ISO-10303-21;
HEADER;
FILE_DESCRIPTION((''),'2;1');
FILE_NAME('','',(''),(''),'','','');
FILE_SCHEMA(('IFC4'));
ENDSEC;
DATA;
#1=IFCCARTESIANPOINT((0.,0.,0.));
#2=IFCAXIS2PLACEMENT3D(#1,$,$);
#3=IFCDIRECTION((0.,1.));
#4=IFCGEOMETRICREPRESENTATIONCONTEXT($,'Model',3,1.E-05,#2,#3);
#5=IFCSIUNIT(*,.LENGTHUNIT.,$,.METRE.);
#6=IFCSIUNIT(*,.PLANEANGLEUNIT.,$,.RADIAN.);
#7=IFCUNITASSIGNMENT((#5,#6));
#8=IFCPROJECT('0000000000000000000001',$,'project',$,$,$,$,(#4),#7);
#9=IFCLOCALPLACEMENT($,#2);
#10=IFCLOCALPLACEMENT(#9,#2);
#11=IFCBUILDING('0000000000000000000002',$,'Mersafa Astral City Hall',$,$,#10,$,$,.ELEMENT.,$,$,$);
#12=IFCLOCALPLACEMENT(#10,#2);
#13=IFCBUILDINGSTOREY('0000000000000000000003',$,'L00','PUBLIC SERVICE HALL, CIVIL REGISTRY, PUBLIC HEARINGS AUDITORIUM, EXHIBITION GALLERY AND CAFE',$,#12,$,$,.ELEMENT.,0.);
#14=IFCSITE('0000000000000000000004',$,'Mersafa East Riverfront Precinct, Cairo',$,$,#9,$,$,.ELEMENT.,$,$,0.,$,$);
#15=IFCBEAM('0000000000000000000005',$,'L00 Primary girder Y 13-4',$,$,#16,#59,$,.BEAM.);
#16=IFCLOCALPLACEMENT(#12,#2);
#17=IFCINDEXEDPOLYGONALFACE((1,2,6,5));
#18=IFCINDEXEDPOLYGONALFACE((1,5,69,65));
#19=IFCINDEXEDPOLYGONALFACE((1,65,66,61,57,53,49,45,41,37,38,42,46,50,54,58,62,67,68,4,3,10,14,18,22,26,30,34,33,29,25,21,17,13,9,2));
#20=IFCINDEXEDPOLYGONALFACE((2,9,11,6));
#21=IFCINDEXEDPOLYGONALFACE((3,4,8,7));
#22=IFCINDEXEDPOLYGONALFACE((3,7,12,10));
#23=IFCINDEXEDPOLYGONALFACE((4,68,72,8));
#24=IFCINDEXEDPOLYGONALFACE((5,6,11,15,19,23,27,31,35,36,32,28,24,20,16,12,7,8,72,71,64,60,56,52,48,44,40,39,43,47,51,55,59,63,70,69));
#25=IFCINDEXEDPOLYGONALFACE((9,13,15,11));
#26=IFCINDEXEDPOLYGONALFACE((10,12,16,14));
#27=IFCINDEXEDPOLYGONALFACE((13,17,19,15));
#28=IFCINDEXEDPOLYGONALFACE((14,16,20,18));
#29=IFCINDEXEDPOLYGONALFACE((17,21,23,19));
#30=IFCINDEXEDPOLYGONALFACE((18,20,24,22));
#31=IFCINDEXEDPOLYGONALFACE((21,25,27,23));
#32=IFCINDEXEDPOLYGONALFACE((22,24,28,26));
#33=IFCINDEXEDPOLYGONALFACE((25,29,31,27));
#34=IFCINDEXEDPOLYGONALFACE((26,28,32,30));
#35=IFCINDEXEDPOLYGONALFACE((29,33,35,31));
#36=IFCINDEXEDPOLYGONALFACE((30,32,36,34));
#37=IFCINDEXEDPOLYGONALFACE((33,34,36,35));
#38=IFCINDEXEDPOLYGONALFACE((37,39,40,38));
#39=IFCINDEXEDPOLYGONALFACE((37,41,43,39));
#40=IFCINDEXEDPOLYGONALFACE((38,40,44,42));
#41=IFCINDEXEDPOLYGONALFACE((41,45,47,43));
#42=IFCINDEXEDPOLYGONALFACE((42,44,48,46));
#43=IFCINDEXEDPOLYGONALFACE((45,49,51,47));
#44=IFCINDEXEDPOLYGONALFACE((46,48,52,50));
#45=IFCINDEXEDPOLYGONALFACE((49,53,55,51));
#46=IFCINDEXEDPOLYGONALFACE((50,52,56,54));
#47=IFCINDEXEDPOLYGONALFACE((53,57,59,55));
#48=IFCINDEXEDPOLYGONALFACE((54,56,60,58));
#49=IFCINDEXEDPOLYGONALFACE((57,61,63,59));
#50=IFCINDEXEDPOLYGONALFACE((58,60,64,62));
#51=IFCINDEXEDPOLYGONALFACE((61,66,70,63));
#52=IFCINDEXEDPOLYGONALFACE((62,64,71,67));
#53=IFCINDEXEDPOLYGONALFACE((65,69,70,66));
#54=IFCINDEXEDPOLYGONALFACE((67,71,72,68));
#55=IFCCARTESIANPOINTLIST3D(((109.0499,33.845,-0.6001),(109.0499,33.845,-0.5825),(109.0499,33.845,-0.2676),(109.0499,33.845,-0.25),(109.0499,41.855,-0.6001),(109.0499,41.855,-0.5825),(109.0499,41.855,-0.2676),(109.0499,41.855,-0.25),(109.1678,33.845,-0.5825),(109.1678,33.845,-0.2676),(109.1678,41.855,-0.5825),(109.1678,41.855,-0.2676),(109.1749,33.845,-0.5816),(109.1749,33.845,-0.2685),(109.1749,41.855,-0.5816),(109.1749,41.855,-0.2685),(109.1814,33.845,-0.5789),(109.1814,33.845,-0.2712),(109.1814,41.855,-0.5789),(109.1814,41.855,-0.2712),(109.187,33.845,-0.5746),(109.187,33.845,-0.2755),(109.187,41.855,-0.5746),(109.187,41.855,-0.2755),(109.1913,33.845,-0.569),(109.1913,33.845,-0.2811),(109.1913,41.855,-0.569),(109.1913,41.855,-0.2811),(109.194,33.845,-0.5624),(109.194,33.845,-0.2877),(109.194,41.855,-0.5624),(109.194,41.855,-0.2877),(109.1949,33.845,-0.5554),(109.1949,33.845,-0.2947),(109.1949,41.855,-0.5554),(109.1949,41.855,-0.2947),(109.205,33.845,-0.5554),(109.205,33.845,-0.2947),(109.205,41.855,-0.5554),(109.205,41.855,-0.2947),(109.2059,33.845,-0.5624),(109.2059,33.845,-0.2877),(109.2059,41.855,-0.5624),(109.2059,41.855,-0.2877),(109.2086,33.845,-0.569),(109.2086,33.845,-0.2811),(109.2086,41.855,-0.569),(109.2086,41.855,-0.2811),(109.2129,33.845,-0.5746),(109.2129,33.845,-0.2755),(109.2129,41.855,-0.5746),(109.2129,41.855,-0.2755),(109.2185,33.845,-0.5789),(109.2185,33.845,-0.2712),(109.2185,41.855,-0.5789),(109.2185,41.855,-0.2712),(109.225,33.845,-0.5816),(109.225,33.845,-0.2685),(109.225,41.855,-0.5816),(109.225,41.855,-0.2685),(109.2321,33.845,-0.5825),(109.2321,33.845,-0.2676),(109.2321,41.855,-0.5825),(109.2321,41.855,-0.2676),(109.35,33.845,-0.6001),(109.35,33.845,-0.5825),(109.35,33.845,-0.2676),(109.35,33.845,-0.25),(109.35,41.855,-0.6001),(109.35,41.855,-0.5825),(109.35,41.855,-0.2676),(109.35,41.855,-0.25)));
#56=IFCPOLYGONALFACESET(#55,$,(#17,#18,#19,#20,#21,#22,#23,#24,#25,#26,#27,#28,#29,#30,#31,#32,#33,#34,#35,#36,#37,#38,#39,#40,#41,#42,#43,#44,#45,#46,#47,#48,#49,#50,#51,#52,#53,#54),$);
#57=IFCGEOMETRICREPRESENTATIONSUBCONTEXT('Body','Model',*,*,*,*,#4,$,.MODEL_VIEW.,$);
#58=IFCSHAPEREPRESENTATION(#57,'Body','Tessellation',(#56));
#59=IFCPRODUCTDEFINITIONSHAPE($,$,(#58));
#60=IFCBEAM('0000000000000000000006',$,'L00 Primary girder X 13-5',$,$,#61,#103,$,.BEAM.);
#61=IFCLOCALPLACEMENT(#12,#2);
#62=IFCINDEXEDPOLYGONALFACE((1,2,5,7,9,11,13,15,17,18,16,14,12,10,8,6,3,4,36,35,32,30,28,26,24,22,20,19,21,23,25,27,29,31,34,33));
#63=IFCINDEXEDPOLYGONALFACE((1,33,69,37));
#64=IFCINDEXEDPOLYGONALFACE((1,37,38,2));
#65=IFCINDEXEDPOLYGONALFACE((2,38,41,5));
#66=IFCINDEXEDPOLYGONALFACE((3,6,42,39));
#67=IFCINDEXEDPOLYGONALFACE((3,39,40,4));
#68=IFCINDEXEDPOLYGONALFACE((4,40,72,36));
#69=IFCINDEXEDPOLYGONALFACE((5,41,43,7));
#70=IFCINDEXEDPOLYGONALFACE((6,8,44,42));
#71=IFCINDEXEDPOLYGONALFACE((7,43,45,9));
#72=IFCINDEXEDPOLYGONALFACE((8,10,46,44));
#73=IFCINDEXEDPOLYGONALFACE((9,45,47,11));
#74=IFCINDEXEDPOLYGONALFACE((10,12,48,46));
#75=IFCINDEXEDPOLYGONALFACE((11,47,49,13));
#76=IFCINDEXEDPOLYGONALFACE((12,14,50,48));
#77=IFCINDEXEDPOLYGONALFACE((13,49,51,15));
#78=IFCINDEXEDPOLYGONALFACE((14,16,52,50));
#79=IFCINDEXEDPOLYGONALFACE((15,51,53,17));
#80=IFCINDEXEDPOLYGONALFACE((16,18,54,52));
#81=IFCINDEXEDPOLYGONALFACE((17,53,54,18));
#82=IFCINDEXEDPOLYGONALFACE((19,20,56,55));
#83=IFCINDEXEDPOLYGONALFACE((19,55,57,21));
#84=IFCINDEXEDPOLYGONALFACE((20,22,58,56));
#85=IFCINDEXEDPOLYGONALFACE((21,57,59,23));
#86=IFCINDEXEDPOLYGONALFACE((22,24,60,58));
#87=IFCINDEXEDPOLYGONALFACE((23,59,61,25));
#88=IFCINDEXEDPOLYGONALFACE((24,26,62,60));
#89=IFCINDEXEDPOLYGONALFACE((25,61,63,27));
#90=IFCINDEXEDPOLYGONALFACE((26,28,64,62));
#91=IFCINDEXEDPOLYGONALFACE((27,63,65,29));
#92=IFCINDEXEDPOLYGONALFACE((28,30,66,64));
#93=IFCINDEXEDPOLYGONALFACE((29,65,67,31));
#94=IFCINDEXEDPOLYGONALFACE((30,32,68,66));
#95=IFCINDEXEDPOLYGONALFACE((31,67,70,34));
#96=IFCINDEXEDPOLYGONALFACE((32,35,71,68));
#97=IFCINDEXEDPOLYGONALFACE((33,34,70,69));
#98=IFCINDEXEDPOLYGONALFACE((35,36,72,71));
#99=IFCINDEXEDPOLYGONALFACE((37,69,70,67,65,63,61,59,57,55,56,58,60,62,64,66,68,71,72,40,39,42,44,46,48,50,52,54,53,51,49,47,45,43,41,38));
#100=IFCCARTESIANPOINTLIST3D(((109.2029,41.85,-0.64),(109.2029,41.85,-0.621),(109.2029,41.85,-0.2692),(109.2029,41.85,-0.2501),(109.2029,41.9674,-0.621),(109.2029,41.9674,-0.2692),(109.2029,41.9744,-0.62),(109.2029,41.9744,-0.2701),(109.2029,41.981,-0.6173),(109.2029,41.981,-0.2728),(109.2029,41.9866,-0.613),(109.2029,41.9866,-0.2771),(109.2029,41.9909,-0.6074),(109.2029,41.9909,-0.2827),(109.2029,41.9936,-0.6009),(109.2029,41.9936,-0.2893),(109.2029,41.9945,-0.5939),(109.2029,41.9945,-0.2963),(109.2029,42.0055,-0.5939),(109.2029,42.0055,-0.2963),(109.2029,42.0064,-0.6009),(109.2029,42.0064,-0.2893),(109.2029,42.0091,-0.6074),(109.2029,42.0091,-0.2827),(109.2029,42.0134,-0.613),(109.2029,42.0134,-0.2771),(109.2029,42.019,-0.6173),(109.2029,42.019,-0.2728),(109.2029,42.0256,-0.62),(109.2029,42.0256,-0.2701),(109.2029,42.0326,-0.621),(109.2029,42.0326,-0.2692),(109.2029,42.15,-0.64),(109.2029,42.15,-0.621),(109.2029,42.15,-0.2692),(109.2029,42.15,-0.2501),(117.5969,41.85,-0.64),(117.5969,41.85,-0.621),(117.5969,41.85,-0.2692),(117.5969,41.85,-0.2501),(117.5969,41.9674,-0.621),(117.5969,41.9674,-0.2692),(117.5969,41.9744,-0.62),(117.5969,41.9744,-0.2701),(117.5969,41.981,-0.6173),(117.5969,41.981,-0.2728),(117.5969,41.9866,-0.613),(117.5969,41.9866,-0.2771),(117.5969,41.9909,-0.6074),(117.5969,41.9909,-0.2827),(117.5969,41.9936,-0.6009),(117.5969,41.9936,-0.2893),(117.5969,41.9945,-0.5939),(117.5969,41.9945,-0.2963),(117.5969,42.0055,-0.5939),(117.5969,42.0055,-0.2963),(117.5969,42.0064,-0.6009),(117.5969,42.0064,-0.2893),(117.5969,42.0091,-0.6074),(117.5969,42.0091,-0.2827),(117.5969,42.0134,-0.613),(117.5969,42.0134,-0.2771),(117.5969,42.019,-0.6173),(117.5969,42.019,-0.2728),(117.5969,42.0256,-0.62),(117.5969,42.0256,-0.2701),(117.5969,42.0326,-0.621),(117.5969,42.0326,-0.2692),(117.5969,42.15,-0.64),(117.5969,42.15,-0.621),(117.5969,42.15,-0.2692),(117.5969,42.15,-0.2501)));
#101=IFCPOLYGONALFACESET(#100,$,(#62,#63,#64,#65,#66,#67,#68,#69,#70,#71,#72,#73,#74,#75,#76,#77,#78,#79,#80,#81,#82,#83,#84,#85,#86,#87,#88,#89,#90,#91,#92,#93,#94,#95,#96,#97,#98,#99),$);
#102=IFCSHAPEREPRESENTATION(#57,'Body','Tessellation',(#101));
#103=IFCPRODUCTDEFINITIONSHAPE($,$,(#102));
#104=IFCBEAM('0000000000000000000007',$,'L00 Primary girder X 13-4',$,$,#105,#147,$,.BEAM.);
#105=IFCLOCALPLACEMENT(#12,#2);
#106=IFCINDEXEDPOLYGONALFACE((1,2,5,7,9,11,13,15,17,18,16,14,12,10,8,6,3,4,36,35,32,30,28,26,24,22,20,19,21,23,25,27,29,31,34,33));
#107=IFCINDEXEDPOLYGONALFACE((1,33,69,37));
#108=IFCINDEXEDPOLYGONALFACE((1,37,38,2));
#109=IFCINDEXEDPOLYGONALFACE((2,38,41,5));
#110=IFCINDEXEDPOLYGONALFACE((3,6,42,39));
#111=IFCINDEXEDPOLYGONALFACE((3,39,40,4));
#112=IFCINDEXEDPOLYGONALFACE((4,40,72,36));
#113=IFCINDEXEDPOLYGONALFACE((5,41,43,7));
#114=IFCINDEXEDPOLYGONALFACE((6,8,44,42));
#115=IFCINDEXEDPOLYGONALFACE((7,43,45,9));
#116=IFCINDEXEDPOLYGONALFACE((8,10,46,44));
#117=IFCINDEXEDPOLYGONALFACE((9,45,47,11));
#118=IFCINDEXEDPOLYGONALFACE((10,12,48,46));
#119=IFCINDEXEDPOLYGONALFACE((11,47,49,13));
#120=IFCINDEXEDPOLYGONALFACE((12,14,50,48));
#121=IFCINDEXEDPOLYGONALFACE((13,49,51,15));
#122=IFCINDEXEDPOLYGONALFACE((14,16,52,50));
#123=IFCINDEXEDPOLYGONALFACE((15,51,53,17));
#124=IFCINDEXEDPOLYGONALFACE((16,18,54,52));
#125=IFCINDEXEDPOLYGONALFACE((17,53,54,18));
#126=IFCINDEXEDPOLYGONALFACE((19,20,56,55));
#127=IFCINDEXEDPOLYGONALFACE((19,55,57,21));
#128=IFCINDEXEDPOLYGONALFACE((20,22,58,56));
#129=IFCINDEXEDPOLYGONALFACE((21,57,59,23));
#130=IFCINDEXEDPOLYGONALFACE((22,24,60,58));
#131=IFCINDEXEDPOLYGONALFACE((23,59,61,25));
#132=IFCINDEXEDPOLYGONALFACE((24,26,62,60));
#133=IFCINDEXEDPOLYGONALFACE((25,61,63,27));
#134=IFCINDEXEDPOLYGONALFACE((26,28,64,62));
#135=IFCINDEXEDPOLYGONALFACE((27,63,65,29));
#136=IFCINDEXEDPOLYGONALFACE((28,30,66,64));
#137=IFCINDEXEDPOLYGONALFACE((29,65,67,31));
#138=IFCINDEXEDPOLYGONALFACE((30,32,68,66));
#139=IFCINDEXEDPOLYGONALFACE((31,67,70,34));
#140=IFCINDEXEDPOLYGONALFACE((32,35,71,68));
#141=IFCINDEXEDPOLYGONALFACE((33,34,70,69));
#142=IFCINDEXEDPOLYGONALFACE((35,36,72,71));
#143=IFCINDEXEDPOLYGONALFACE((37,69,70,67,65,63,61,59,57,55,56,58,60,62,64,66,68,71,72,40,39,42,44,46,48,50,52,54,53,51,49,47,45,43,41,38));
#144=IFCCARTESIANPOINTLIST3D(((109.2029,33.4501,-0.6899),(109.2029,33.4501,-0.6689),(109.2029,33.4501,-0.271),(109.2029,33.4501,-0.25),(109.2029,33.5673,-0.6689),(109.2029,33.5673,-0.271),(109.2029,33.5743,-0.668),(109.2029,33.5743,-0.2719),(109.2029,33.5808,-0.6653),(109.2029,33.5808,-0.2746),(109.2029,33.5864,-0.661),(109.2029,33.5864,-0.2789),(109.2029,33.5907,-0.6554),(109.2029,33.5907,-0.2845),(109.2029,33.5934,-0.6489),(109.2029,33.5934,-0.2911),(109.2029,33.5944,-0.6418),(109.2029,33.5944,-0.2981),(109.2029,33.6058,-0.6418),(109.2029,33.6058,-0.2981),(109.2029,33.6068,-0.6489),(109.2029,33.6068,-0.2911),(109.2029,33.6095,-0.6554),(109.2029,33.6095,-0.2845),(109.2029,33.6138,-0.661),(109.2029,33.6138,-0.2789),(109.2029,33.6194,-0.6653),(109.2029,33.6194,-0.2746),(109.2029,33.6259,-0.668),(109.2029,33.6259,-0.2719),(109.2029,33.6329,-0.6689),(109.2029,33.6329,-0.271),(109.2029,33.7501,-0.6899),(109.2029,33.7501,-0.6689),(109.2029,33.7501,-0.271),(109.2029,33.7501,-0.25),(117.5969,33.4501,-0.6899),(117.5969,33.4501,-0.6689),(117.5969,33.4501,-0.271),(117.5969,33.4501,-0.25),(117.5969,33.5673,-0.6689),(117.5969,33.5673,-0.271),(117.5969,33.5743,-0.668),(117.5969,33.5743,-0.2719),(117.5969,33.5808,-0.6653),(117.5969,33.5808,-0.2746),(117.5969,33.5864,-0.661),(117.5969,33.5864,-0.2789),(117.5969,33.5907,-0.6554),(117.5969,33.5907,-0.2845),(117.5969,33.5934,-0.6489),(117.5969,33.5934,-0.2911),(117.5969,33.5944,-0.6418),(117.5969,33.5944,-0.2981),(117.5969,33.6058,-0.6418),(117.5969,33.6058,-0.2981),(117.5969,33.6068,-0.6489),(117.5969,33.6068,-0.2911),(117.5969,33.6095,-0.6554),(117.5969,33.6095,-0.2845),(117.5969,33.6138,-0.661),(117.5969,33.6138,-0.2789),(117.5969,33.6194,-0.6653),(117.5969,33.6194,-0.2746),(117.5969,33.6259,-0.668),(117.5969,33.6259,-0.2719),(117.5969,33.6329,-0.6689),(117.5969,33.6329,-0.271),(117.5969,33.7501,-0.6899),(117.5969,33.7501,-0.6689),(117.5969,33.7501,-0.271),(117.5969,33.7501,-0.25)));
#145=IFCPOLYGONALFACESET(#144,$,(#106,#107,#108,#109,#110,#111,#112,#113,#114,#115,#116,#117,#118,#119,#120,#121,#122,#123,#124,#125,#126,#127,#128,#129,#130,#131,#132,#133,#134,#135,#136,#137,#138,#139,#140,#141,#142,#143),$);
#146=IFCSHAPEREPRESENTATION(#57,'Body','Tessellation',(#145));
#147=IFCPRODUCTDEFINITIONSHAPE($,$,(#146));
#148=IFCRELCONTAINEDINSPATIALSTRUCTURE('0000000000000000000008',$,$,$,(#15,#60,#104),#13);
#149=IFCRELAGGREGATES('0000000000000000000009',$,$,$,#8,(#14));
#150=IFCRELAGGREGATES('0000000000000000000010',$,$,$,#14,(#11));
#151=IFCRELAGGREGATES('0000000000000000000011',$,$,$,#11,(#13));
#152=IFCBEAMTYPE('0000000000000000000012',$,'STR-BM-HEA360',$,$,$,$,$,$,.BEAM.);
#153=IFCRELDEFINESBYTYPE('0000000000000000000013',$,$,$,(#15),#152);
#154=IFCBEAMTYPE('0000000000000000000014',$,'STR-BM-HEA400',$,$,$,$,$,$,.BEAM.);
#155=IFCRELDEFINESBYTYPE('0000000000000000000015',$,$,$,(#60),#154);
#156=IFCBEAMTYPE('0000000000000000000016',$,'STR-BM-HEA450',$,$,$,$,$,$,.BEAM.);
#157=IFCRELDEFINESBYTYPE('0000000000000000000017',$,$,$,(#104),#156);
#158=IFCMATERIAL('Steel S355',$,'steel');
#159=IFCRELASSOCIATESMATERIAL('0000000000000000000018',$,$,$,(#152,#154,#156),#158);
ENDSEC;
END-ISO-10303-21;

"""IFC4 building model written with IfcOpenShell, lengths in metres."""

from ifc_helpers import new_model, si_unit, direction, frame, origin, origin_2d, place, context, subcontext, project, spatial, i_section, extrude, material, material_profile, profile_set, type_object, element, save


model = new_model("IFC4")

# Units and contexts
model_context = context("Model", 3, precision=1e-05, world=origin(), true_north=direction((0.0, 1.0)))
body_context = subcontext(model_context, "Body", "Model", "MODEL_VIEW")
ifc_project = project(units=[si_unit("LENGTHUNIT", "METRE"), si_unit("PLANEANGLEUNIT", "RADIAN")], contexts=[model_context])

# Site, building, storey
site_placement = place(None, origin())
site = spatial("IfcSite", under=ifc_project, at=site_placement, Name="Mersafa East Riverfront Precinct, Cairo", CompositionType="ELEMENT", RefElevation=0.0)
building_placement = place(site_placement, origin())
building = spatial("IfcBuilding", under=site, at=building_placement, Name="Mersafa Astral City Hall", CompositionType="ELEMENT")
storey_placement = place(building_placement, origin())
storey = spatial("IfcBuildingStorey", under=building, at=storey_placement, Name="L00", Description="PUBLIC SERVICE HALL, CIVIL REGISTRY, PUBLIC HEARINGS AUDITORIUM, EXHIBITION GALLERY AND CAFE", CompositionType="ELEMENT", Elevation=0.0)

# Beams
ifc_material_1 = material(Name="Steel S355", Category="steel")
ifc_material_profile_1 = material_profile(ifc_material_1, i_section(OverallWidth=0.3, OverallDepth=0.3501, WebThickness=0.01, FlangeThickness=0.0176, FilletRadius=0.0271, at=origin_2d()), Name="HEA 360")
ifc_profile_set_1 = profile_set([ifc_material_profile_1], Name="Steel S355")
beam_type_1 = type_object("IfcBeamType", Name="STR-BM-HEA360", PredefinedType="BEAM", material=ifc_profile_set_1)
beam_1_placement = place(storey_placement, frame((109.2, 33.845, -0.425), z_axis=(0.0, 1.0, 0.0), x_axis=(-1.0, 0.0, 0.0)))
element("IfcBeam", 1, at=beam_1_placement, inside=storey, type_object=beam_type_1, Name="L00 Primary girder Y 13-4", PredefinedType="BEAM", context=body_context, shape_type="SweptSolid", body=[
    extrude(i_section(OverallWidth=0.3, OverallDepth=0.3501, WebThickness=0.01, FlangeThickness=0.0176, FilletRadius=0.0271, at=origin_2d()), origin(), (0.0, 0.0, 1.0), 8.01),
])
ifc_material_profile_2 = material_profile(ifc_material_1, i_section(OverallWidth=0.3, OverallDepth=0.3899, WebThickness=0.011, FlangeThickness=0.019, FilletRadius=0.0271, at=origin_2d()), Name="HEA 400")
ifc_profile_set_2 = profile_set([ifc_material_profile_2], Name="Steel S355")
beam_type_2 = type_object("IfcBeamType", Name="STR-BM-HEA400", PredefinedType="BEAM", material=ifc_profile_set_2)
beam_2_placement = place(storey_placement, frame((109.2029, 42.0, -0.4451), z_axis=(1.0, 0.0, 0.0), x_axis=(0.0, 1.0, 0.0)))
element("IfcBeam", 2, at=beam_2_placement, inside=storey, type_object=beam_type_2, Name="L00 Primary girder X 13-5", PredefinedType="BEAM", context=body_context, shape_type="SweptSolid", body=[
    extrude(i_section(OverallWidth=0.3, OverallDepth=0.3899, WebThickness=0.011, FlangeThickness=0.019, FilletRadius=0.0271, at=origin_2d()), origin(), (0.0, 0.0, 1.0), 8.394),
])
ifc_material_profile_3 = material_profile(ifc_material_1, i_section(OverallWidth=0.3, OverallDepth=0.4399, WebThickness=0.0115, FlangeThickness=0.021, FilletRadius=0.0271, at=origin_2d()), Name="HEA 450")
ifc_profile_set_3 = profile_set([ifc_material_profile_3], Name="Steel S355")
beam_type_3 = type_object("IfcBeamType", Name="STR-BM-HEA450", PredefinedType="BEAM", material=ifc_profile_set_3)
beam_3_placement = place(storey_placement, frame((109.2029, 33.6001, -0.47), z_axis=(1.0, 0.0, 0.0), x_axis=(0.0, 1.0, 0.0)))
element("IfcBeam", 3, at=beam_3_placement, inside=storey, type_object=beam_type_3, Name="L00 Primary girder X 13-4", PredefinedType="BEAM", context=body_context, shape_type="SweptSolid", body=[
    extrude(i_section(OverallWidth=0.3, OverallDepth=0.4399, WebThickness=0.0115, FlangeThickness=0.021, FilletRadius=0.0271, at=origin_2d()), origin(), (0.0, 0.0, 1.0), 8.394),
])

save(model, "model.ifc")
